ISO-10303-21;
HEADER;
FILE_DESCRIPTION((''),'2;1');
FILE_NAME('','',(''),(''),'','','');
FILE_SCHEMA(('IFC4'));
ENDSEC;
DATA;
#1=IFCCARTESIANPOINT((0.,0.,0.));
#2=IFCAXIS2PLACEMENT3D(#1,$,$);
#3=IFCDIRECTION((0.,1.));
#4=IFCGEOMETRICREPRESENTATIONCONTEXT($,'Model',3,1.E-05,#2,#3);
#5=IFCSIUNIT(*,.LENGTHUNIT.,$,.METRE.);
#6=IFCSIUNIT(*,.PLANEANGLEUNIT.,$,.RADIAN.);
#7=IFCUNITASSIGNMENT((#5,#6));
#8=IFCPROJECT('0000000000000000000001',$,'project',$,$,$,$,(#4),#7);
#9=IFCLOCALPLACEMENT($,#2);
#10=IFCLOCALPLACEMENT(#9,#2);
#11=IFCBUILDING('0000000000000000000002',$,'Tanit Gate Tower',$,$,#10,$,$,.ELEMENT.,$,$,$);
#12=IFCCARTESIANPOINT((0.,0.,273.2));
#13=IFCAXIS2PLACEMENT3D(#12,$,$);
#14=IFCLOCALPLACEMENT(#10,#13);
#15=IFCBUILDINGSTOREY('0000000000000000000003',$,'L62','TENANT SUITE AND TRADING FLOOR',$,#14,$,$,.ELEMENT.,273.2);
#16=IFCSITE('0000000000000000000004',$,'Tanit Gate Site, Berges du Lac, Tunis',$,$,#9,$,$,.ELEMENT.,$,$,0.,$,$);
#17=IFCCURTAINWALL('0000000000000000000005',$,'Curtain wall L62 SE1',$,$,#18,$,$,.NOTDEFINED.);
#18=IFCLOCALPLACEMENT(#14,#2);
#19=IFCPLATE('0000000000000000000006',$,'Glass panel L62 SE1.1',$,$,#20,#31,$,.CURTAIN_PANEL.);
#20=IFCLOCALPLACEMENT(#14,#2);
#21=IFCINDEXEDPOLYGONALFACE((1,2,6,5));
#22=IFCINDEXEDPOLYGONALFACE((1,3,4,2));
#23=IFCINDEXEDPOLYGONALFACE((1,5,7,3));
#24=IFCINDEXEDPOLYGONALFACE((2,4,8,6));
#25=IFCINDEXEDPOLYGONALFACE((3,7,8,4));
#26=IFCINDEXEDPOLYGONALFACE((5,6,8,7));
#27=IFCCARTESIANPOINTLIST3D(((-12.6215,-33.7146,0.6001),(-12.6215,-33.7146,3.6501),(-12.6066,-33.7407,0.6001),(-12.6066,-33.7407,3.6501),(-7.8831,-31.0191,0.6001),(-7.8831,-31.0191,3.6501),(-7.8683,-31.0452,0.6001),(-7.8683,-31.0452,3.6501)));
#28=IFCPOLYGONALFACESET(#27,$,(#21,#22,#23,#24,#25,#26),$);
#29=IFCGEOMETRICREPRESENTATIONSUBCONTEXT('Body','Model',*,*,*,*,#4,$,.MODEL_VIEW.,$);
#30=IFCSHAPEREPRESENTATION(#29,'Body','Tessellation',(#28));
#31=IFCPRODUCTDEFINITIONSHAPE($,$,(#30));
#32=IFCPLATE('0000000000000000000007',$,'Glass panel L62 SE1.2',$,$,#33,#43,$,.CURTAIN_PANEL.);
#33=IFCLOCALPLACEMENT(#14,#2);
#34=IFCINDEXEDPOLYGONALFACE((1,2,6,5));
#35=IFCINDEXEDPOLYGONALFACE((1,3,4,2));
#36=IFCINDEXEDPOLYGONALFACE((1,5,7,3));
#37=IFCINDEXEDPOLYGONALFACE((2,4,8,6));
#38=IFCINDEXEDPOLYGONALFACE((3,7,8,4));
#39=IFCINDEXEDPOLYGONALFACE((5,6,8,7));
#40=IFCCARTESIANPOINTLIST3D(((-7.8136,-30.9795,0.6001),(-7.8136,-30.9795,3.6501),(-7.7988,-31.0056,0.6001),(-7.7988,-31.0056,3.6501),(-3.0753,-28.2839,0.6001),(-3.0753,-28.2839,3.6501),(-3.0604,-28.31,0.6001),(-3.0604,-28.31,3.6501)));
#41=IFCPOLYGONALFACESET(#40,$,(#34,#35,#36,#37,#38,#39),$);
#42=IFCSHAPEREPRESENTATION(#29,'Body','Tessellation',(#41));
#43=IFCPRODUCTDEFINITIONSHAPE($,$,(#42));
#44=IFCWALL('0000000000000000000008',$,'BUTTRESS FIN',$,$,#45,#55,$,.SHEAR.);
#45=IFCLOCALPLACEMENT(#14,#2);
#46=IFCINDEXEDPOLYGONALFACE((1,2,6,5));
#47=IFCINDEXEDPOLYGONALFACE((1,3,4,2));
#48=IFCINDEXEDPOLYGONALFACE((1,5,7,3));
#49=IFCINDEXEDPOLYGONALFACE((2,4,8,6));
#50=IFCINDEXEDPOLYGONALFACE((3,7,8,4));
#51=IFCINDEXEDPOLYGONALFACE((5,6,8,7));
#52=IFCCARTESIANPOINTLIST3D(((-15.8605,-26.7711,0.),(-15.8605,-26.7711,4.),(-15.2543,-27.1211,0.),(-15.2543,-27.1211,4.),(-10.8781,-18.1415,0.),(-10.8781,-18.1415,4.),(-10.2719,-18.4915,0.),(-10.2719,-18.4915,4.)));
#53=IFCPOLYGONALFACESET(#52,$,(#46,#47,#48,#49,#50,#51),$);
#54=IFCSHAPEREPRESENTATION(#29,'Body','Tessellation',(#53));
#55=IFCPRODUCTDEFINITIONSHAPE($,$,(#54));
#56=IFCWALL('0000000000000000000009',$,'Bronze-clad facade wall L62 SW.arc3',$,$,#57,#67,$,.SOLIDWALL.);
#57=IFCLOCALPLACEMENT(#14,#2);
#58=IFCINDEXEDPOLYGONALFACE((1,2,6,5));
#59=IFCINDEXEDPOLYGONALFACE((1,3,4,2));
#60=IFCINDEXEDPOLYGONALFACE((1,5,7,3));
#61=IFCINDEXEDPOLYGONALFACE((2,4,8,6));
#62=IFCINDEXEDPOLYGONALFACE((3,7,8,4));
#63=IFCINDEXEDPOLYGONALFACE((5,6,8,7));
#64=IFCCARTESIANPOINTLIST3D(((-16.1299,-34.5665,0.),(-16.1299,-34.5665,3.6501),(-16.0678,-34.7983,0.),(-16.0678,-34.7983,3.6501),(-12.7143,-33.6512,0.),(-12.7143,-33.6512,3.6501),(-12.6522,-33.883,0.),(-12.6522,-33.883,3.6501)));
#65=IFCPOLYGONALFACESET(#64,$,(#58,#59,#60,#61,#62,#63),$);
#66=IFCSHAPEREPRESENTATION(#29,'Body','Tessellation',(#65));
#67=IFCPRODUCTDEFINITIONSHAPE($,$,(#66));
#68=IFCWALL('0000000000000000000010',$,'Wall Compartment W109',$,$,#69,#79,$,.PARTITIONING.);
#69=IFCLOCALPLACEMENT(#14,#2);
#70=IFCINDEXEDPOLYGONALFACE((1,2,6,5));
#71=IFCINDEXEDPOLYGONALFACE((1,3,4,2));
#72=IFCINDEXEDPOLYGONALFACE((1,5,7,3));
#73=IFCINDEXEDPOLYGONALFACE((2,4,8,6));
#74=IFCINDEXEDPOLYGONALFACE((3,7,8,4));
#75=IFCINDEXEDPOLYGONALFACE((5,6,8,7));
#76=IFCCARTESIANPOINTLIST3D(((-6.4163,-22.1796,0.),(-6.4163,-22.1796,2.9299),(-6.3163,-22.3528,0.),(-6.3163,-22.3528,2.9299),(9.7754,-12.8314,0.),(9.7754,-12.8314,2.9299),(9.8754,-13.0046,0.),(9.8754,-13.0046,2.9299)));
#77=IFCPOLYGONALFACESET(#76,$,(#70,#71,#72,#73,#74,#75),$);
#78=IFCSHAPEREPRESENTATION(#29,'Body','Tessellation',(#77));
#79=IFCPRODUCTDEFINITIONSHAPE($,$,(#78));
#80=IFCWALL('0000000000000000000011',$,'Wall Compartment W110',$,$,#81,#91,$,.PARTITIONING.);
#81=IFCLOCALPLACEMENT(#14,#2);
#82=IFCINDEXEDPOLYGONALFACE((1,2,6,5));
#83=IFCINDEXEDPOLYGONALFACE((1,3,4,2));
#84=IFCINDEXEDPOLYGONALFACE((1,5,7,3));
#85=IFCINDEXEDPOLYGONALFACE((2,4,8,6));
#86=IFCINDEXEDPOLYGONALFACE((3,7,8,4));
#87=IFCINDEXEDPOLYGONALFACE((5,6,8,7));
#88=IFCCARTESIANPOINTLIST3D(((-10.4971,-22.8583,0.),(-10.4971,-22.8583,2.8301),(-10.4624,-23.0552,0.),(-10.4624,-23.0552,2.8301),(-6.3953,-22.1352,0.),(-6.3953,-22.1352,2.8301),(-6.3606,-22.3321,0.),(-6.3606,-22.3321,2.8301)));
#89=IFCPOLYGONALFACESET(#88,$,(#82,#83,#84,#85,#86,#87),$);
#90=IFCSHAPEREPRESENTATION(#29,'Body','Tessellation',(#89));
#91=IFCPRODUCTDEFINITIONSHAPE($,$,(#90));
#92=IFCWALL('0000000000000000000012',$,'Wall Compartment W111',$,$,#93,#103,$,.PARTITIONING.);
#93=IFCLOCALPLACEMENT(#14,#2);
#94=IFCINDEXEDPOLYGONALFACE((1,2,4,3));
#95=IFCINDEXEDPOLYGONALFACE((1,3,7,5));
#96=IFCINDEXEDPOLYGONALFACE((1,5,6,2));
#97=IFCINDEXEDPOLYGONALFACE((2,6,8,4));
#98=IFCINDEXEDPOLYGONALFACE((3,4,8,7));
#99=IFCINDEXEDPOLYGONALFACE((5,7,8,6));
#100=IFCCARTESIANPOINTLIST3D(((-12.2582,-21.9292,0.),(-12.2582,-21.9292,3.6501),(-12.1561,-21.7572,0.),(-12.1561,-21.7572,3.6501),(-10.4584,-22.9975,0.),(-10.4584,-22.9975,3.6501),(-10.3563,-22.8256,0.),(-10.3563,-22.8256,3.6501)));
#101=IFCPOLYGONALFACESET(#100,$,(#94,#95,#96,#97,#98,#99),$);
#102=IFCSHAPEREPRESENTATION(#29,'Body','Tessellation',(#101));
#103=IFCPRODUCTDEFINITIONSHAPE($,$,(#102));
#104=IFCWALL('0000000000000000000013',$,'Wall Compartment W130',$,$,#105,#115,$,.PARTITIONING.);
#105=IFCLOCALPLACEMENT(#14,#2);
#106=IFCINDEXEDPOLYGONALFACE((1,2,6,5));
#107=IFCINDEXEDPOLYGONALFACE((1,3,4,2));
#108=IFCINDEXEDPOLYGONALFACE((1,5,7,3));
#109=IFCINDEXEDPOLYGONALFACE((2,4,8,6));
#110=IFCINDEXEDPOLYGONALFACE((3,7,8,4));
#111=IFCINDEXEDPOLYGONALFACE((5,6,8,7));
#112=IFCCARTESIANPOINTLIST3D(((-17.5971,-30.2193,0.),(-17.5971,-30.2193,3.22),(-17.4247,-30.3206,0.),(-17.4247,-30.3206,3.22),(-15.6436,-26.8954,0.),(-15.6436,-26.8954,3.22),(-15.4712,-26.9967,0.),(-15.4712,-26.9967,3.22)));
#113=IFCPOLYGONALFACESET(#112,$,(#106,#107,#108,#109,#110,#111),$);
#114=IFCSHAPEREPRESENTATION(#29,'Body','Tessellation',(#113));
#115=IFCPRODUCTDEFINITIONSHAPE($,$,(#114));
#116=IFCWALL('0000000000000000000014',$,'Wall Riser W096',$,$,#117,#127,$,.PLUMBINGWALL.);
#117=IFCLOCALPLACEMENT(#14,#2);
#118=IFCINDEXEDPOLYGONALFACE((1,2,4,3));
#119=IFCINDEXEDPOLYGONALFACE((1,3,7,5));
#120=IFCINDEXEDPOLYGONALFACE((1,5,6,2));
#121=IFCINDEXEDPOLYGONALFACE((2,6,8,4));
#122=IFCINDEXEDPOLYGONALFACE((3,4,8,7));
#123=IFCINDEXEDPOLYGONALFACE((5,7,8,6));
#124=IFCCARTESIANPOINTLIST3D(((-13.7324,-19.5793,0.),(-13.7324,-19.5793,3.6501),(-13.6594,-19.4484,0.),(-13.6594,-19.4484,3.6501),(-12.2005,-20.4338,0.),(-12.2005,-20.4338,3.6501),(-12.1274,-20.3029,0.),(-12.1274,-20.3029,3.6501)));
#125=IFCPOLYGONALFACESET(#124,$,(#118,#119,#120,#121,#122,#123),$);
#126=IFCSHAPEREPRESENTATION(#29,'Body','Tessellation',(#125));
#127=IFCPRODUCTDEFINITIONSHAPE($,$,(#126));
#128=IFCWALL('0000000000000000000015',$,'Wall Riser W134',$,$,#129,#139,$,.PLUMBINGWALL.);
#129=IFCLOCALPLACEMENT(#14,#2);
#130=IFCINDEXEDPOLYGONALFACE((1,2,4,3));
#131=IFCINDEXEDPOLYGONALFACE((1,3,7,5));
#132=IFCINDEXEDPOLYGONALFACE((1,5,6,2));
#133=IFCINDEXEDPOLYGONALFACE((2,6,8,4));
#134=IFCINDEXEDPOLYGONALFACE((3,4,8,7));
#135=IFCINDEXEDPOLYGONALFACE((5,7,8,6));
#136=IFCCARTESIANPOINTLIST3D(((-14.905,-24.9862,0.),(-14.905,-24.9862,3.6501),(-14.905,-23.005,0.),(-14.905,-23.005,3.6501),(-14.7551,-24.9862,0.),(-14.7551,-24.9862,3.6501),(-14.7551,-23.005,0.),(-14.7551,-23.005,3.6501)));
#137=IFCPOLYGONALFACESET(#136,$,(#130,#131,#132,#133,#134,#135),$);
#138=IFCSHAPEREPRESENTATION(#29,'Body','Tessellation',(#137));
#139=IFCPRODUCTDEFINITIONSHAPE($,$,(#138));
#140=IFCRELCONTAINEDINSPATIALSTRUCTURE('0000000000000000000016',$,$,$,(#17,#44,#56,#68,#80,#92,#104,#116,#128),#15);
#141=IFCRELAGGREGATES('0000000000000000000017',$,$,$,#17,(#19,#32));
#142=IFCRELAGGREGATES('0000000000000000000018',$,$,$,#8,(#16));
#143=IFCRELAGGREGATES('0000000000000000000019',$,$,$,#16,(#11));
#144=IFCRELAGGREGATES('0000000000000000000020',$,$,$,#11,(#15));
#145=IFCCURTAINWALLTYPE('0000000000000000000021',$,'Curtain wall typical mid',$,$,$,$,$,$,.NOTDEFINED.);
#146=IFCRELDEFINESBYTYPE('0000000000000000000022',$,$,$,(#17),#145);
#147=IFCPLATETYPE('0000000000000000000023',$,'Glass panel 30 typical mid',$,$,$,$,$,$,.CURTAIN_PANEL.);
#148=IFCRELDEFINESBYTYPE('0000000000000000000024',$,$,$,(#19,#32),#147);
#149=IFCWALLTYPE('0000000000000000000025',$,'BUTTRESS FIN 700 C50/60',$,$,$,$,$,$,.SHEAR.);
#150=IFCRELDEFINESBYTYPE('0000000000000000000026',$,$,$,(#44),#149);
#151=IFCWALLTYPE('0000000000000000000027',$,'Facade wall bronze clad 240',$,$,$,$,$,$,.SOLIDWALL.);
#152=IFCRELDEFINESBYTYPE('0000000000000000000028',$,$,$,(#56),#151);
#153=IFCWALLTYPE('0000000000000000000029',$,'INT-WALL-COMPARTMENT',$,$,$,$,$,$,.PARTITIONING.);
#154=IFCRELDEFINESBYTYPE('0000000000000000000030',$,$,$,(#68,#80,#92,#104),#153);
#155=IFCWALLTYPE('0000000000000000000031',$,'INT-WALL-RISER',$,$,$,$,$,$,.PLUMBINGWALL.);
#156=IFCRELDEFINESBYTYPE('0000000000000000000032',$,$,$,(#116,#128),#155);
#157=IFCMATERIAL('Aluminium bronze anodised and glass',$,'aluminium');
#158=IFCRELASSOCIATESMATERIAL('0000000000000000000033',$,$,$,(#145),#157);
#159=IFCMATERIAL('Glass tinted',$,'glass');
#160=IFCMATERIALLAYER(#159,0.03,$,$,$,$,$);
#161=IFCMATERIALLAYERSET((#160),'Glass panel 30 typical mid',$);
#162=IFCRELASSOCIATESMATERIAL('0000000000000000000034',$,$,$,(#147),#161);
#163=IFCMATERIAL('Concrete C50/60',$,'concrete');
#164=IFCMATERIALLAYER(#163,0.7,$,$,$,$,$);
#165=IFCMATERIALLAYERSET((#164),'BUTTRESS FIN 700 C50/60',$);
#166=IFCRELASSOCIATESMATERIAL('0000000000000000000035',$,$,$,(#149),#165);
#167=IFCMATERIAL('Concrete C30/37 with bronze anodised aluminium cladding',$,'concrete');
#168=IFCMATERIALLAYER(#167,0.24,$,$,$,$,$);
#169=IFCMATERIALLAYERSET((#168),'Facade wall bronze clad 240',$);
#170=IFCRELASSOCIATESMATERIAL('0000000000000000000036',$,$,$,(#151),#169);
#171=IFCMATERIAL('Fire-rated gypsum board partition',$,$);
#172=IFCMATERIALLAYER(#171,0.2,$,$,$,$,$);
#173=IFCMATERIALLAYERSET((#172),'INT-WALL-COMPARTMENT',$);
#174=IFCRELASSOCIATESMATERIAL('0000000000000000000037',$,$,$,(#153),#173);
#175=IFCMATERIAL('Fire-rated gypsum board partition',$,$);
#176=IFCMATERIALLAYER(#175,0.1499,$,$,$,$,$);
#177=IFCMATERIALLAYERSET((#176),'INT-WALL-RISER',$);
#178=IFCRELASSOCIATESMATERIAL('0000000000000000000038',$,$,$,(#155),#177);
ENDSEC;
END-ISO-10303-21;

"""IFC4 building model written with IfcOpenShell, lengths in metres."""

from ifc_helpers import new_model, si_unit, direction, frame, frame_2d, origin, origin_2d, place, context, subcontext, project, spatial, rectangle, extrude, material, layer, layer_set, type_object, element, aggregate, save


model = new_model("IFC4")

# Units and contexts
model_context = context("Model", 3, precision=1e-05, world=origin(), true_north=direction((0.0, 1.0)))
body_context = subcontext(model_context, "Body", "Model", "MODEL_VIEW")
ifc_project = project(units=[si_unit("LENGTHUNIT", "METRE"), si_unit("PLANEANGLEUNIT", "RADIAN")], contexts=[model_context])

# Site, building, storey
site_placement = place(None, origin())
site = spatial("IfcSite", under=ifc_project, at=site_placement, Name="Tanit Gate Site, Berges du Lac, Tunis", CompositionType="ELEMENT", RefElevation=0.0)
building_placement = place(site_placement, origin())
building = spatial("IfcBuilding", under=site, at=building_placement, Name="Tanit Gate Tower", CompositionType="ELEMENT")
storey_placement = place(building_placement, frame((0.0, 0.0, 273.2)))
storey = spatial("IfcBuildingStorey", under=building, at=storey_placement, Name="L62", Description="TENANT SUITE AND TRADING FLOOR", CompositionType="ELEMENT", Elevation=273.2)

# Curtain wall
ifc_material_1 = material(Name="Aluminium bronze anodised and glass", Category="aluminium")
curtain_wall_type = type_object("IfcCurtainWallType", Name="Curtain wall typical mid", PredefinedType="NOTDEFINED", material=ifc_material_1)
curtain_wall_placement = place(storey_placement, origin())
curtain_wall = element("IfcCurtainWall", 1, at=curtain_wall_placement, inside=storey, type_object=curtain_wall_type, Name="Curtain wall L62 SE1", PredefinedType="NOTDEFINED")

# Plates
ifc_material_2 = material(Name="Glass tinted", Category="glass")
ifc_layer_1 = layer(ifc_material_2, 0.03)
ifc_layer_set_1 = layer_set([ifc_layer_1], Name="Glass panel 30 typical mid")
plate_type = type_object("IfcPlateType", Name="Glass panel 30 typical mid", PredefinedType="CURTAIN_PANEL", material=ifc_layer_set_1)
plate_1_placement = place(storey_placement, frame((-10.2449, -32.3799, 0.6001), z_axis=(0.0, 0.0, 1.0), x_axis=(0.869195, 0.49447, 0.0)))
plate_1 = element("IfcPlate", 2, at=plate_1_placement, type_object=plate_type, Name="Glass panel L62 SE1.1", PredefinedType="CURTAIN_PANEL", context=body_context, shape_type="SweptSolid", body=[
    extrude(rectangle(XDim=5.4514, YDim=0.03, at=origin_2d()), origin(), (0.0, 0.0, 1.0), 3.05),
])
plate_2_placement = place(storey_placement, frame((-5.437, -29.6448, 0.6001), z_axis=(0.0, 0.0, 1.0), x_axis=(0.869195, 0.49447, 0.0)))
plate_2 = element("IfcPlate", 3, at=plate_2_placement, type_object=plate_type, Name="Glass panel L62 SE1.2", PredefinedType="CURTAIN_PANEL", context=body_context, shape_type="SweptSolid", body=[
    extrude(rectangle(XDim=5.4514, YDim=0.03, at=origin_2d()), origin(), (0.0, 0.0, 1.0), 3.05),
])
aggregate(curtain_wall, [plate_1, plate_2])

# Wall
ifc_material_3 = material(Name="Concrete C50/60", Category="concrete")
ifc_layer_2 = layer(ifc_material_3, 0.7)
ifc_layer_set_2 = layer_set([ifc_layer_2], Name="BUTTRESS FIN 700 C50/60")
wall_type_1 = type_object("IfcWallType", Name="BUTTRESS FIN 700 C50/60", PredefinedType="SHEAR", material=ifc_layer_set_2)
wall_1_placement = place(storey_placement, frame((-10.575, -18.3164, 0.0), z_axis=(0.0, 0.0, 1.0), x_axis=(-0.500007, -0.866021, 0.0)))
element("IfcWall", 4, at=wall_1_placement, inside=storey, type_object=wall_type_1, Name="BUTTRESS FIN", PredefinedType="SHEAR", context=body_context, shape_type="SweptSolid", body=[
    extrude(rectangle(XDim=9.9646, YDim=0.7, at=frame_2d((4.9824, 0.0))), origin(), (0.0, 0.0, 1.0), 4.0),
])

# Walls
ifc_material_4 = material(Name="Concrete C30/37 with bronze anodised aluminium cladding", Category="concrete")
ifc_layer_3 = layer(ifc_material_4, 0.24)
ifc_layer_set_3 = layer_set([ifc_layer_3], Name="Facade wall bronze clad 240")
wall_type_2 = type_object("IfcWallType", Name="Facade wall bronze clad 240", PredefinedType="SOLIDWALL", material=ifc_layer_set_3)
wall_2_placement = place(storey_placement, frame((-16.0989, -34.6824, 0.0), z_axis=(0.0, 0.0, 1.0), x_axis=(0.965919, 0.258844, 0.0)))
element("IfcWall", 5, at=wall_2_placement, inside=storey, type_object=wall_type_2, Name="Bronze-clad facade wall L62 SW.arc3", PredefinedType="SOLIDWALL", context=body_context, shape_type="SweptSolid", body=[
    extrude(rectangle(XDim=3.5361, YDim=0.24, at=frame_2d((1.7681, 0.0))), origin(), (0.0, 0.0, 1.0), 3.6501),
])
ifc_material_5 = material(Name="Fire-rated gypsum board partition")
ifc_layer_4 = layer(ifc_material_5, 0.2)
ifc_layer_set_4 = layer_set([ifc_layer_4], Name="INT-WALL-COMPARTMENT")
wall_type_3 = type_object("IfcWallType", Name="INT-WALL-COMPARTMENT", PredefinedType="PARTITIONING", material=ifc_layer_set_4)
wall_3_placement = place(storey_placement, frame((-6.3662, -22.2661, 0.0), z_axis=(0.0, 0.0, 1.0), x_axis=(0.866028, 0.499996, 0.0)))
element("IfcWall", 6, at=wall_3_placement, inside=storey, type_object=wall_type_3, Name="Wall Compartment W109", PredefinedType="PARTITIONING", context=body_context, shape_type="SweptSolid", body=[
    extrude(rectangle(XDim=18.6965, YDim=0.2, at=frame_2d((9.3481, 0.0))), origin(), (0.0, 0.0, 1.0), 2.9299),
])
wall_4_placement = place(storey_placement, frame((-10.4797, -22.9568, 0.0), z_axis=(0.0, 0.0, 1.0), x_axis=(0.984812, 0.173621, 0.0)))
element("IfcWall", 7, at=wall_4_placement, inside=storey, type_object=wall_type_3, Name="Wall Compartment W110", PredefinedType="PARTITIONING", context=body_context, shape_type="SweptSolid", body=[
    extrude(rectangle(XDim=4.165, YDim=0.2, at=frame_2d((2.0825, 0.0))), origin(), (0.0, 0.0, 1.0), 2.8301),
])
wall_5_placement = place(storey_placement, frame((-12.207, -21.8433, 0.0), z_axis=(0.0, 0.0, 1.0), x_axis=(0.859912, -0.510442, 0.0)))
element("IfcWall", 8, at=wall_5_placement, inside=storey, type_object=wall_type_3, Name="Wall Compartment W111", PredefinedType="PARTITIONING", context=body_context, shape_type="SweptSolid", body=[
    extrude(rectangle(XDim=2.093, YDim=0.2, at=frame_2d((1.0464, 0.0))), origin(), (0.0, 0.0, 1.0), 3.6501),
])
wall_6_placement = place(storey_placement, frame((-15.5574, -26.946, 0.0), z_axis=(0.0, 0.0, 1.0), x_axis=(-0.506699, -0.862123, 0.0)))
element("IfcWall", 9, at=wall_6_placement, inside=storey, type_object=wall_type_3, Name="Wall Compartment W130", PredefinedType="PARTITIONING", context=body_context, shape_type="SweptSolid", body=[
    extrude(rectangle(XDim=3.8555, YDim=0.2, at=frame_2d((1.9277, 0.0))), origin(), (0.0, 0.0, 1.0), 3.22),
])
ifc_material_6 = material(Name="Fire-rated gypsum board partition")
ifc_layer_5 = layer(ifc_material_6, 0.1499)
ifc_layer_set_5 = layer_set([ifc_layer_5], Name="INT-WALL-RISER")
wall_type_4 = type_object("IfcWallType", Name="INT-WALL-RISER", PredefinedType="PLUMBINGWALL", material=ifc_layer_set_5)
wall_7_placement = place(storey_placement, frame((-13.6958, -19.5139, 0.0), z_axis=(0.0, 0.0, 1.0), x_axis=(0.873335, -0.487119, 0.0)))
element("IfcWall", 10, at=wall_7_placement, inside=storey, type_object=wall_type_4, Name="Wall Riser W096", PredefinedType="PLUMBINGWALL", context=body_context, shape_type="SweptSolid", body=[
    extrude(rectangle(XDim=1.7542, YDim=0.1499, at=frame_2d((0.877, 0.0))), origin(), (0.0, 0.0, 1.0), 3.6501),
])
wall_8_placement = place(storey_placement, frame((-14.8301, -24.9863, 0.0), z_axis=(0.0, 0.0, 1.0), x_axis=(0.0, 1.0, 0.0)))
element("IfcWall", 11, at=wall_8_placement, inside=storey, type_object=wall_type_4, Name="Wall Riser W134", PredefinedType="PLUMBINGWALL", context=body_context, shape_type="SweptSolid", body=[
    extrude(rectangle(XDim=1.9812, YDim=0.1499, at=frame_2d((0.9907, 0.0))), origin(), (0.0, 0.0, 1.0), 3.6501),
])

save(model, "model.ifc")
